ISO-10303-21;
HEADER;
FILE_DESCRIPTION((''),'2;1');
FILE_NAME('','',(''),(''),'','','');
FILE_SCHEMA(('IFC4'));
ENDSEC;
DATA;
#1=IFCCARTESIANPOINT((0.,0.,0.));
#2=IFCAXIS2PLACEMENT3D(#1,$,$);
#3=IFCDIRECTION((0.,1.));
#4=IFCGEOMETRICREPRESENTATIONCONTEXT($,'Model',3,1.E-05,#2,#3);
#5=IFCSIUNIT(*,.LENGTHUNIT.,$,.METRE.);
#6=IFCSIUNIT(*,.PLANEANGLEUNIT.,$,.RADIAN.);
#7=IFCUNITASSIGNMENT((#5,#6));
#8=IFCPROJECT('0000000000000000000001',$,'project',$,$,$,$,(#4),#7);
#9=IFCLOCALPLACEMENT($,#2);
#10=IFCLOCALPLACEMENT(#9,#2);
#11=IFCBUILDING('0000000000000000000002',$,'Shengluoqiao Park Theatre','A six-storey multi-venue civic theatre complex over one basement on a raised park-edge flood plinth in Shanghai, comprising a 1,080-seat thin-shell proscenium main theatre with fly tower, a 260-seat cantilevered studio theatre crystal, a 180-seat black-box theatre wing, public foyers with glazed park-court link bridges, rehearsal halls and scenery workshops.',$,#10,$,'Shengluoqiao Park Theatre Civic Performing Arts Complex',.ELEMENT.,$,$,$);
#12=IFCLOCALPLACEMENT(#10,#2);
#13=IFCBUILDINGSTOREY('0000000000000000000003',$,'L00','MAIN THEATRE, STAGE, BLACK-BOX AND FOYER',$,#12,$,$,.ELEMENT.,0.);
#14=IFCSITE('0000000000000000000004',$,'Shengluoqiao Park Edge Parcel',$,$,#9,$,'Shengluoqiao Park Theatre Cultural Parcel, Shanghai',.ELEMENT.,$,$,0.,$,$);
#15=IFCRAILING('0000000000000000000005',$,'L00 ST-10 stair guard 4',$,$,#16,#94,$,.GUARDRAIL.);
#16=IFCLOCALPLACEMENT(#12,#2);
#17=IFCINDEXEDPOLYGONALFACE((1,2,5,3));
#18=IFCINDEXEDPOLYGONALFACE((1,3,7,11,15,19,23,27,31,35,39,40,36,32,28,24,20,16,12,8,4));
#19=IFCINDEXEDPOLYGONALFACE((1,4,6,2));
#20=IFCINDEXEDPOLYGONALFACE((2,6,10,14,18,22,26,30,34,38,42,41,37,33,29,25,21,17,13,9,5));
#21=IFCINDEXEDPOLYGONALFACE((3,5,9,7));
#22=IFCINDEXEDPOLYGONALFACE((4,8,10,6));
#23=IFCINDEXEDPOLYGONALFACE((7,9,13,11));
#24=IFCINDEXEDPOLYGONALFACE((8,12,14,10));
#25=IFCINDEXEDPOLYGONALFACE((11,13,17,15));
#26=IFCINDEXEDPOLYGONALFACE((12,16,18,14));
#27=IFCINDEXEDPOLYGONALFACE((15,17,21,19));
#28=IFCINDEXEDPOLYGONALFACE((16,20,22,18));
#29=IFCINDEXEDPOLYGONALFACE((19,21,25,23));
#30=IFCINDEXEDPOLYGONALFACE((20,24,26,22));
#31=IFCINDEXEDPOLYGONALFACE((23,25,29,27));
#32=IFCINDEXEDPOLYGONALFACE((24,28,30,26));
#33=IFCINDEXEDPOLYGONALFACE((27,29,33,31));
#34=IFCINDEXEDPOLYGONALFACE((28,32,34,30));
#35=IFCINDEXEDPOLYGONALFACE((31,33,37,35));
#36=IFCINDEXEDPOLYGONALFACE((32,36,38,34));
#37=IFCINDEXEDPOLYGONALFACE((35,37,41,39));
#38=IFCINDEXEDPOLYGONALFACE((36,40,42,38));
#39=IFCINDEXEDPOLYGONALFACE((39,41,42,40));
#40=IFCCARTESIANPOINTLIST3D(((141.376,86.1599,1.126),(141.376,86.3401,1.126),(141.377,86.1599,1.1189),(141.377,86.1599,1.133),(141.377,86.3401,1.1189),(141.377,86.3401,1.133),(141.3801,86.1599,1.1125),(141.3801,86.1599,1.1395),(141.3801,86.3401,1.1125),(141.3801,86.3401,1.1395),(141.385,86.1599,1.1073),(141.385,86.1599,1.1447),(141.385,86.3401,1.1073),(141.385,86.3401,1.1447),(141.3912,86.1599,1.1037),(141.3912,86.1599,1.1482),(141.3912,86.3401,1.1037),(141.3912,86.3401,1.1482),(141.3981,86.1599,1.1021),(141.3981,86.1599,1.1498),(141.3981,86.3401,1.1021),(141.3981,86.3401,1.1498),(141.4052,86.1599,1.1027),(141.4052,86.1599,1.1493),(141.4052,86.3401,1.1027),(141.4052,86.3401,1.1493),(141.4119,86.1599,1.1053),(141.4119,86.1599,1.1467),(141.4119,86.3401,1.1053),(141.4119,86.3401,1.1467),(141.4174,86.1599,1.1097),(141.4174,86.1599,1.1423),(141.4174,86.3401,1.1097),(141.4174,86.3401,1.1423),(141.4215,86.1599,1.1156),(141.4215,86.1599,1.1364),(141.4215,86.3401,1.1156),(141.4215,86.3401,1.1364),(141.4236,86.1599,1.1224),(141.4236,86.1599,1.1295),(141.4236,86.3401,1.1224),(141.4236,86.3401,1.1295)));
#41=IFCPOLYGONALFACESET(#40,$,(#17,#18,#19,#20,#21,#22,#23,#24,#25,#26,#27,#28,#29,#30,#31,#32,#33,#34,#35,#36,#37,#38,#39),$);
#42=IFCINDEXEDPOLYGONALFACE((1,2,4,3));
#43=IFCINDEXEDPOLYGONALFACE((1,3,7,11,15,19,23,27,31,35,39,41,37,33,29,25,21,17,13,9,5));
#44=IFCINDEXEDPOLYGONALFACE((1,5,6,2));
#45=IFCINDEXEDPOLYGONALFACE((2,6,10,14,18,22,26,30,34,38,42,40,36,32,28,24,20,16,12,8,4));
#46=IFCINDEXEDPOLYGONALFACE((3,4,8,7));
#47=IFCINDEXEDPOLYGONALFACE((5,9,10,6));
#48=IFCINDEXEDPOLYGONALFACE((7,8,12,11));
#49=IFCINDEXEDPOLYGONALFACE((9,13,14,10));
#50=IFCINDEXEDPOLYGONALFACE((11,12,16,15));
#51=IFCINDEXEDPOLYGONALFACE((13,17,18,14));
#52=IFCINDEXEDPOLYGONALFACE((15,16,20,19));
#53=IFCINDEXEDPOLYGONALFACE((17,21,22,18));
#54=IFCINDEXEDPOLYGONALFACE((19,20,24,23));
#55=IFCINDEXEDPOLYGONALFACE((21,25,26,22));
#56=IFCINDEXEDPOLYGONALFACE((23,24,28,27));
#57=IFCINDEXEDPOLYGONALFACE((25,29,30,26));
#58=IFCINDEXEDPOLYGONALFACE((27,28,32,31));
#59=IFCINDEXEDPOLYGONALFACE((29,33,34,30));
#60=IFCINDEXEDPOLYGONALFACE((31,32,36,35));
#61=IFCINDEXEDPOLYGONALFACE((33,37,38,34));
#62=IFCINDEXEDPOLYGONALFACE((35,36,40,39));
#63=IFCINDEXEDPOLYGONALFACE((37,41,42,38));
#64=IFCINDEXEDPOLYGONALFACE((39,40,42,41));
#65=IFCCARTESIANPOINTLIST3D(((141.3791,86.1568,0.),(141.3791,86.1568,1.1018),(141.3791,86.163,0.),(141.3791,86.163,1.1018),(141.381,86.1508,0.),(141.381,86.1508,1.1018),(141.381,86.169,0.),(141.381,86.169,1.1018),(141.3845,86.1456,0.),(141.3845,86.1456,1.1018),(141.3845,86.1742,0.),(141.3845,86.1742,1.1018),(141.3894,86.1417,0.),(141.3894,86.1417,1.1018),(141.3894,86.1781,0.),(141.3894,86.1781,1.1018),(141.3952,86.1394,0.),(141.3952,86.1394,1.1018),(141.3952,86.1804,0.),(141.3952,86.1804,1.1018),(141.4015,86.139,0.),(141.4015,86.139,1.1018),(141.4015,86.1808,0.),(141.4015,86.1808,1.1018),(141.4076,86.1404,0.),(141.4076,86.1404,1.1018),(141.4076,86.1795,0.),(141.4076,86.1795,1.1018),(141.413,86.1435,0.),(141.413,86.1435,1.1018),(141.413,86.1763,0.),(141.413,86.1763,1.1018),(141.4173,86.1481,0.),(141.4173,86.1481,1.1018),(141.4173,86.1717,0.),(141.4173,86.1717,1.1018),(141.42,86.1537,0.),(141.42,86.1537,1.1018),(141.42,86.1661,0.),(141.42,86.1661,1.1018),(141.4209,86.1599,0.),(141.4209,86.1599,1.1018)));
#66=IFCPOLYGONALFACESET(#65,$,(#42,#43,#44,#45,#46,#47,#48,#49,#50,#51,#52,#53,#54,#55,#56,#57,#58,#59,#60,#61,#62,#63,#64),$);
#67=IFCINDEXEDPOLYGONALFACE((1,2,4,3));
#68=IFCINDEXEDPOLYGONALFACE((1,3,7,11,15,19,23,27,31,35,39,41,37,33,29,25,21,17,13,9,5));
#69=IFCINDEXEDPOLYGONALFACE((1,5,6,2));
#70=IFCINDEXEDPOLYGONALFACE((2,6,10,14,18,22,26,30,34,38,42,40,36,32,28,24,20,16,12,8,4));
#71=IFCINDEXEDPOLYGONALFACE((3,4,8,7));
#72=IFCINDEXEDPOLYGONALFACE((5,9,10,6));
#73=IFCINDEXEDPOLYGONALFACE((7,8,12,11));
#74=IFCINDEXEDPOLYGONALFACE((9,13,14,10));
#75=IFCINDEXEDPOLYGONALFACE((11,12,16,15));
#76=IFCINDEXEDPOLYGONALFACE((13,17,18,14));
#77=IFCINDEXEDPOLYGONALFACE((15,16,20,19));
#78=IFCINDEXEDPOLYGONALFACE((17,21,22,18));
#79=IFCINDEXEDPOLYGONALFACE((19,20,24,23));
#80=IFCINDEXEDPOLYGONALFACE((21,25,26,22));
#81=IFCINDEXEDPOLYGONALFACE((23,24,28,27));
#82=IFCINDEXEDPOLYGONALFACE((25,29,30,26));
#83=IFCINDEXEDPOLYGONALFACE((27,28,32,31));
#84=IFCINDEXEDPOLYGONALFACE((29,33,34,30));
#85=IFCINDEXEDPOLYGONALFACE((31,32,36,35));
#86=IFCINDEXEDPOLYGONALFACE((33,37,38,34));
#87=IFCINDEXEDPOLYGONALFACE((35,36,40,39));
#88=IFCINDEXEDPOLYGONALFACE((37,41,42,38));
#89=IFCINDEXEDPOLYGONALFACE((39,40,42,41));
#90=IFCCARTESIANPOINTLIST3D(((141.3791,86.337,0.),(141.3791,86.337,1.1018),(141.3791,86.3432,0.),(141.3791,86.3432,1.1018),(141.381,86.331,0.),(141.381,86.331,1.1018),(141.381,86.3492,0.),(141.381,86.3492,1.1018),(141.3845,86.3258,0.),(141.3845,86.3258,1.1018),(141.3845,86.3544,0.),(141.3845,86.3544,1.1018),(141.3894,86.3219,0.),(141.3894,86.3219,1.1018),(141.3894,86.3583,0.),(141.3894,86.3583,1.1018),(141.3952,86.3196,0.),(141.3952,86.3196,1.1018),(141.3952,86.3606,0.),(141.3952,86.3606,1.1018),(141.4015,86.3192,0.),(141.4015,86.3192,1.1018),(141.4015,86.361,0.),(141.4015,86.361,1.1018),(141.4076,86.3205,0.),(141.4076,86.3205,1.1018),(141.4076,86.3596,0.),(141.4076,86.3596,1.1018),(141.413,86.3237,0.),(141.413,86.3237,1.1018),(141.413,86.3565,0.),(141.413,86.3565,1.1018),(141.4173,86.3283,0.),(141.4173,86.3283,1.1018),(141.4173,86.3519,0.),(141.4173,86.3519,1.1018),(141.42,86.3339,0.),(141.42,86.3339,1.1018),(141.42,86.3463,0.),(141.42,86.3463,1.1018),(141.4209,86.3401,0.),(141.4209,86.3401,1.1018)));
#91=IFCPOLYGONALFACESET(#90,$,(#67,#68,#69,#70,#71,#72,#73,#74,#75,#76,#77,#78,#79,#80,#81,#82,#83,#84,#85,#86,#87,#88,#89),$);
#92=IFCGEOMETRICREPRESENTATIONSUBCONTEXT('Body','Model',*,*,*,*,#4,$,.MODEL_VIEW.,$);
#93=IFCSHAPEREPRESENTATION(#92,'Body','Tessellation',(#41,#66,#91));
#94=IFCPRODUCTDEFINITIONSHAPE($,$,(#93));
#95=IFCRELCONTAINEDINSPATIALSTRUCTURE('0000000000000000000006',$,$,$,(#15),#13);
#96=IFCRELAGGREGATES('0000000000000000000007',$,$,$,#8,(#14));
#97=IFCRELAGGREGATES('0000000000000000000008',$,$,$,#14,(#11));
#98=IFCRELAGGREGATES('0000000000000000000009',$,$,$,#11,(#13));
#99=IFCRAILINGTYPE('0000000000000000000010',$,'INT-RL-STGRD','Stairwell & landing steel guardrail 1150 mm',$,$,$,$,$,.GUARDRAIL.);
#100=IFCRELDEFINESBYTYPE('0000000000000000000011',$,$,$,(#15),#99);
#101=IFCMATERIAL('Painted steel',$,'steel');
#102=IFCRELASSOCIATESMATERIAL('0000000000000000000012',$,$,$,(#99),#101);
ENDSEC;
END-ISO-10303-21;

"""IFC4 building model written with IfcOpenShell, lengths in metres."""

from ifc_helpers import new_model, si_unit, direction, frame, origin, origin_2d, place, context, subcontext, project, spatial, circle, extrude, material, type_object, element, save


model = new_model("IFC4")

# Units and contexts
model_context = context("Model", 3, precision=1e-05, world=origin(), true_north=direction((0.0, 1.0)))
body_context = subcontext(model_context, "Body", "Model", "MODEL_VIEW")
ifc_project = project(units=[si_unit("LENGTHUNIT", "METRE"), si_unit("PLANEANGLEUNIT", "RADIAN")], contexts=[model_context])

# Site, building, storey
site_placement = place(None, origin())
site = spatial("IfcSite", under=ifc_project, at=site_placement, Name="Shengluoqiao Park Edge Parcel", LongName="Shengluoqiao Park Theatre Cultural Parcel, Shanghai", CompositionType="ELEMENT", RefElevation=0.0)
building_placement = place(site_placement, origin())
building = spatial("IfcBuilding", under=site, at=building_placement, Name="Shengluoqiao Park Theatre", Description="A six-storey multi-venue civic theatre complex over one basement on a raised park-edge flood plinth in Shanghai, comprising a 1,080-seat thin-shell proscenium main theatre with fly tower, a 260-seat cantilevered studio theatre crystal, a 180-seat black-box theatre wing, public foyers with glazed park-court link bridges, rehearsal halls and scenery workshops.", LongName="Shengluoqiao Park Theatre Civic Performing Arts Complex", CompositionType="ELEMENT")
storey_placement = place(building_placement, origin())
storey = spatial("IfcBuildingStorey", under=building, at=storey_placement, Name="L00", Description="MAIN THEATRE, STAGE, BLACK-BOX AND FOYER", CompositionType="ELEMENT", Elevation=0.0)

# Railing
ifc_material_1 = material(Name="Painted steel", Category="steel")
railing_type_1 = type_object("IfcRailingType", Name="INT-RL-STGRD", Description="Stairwell & landing steel guardrail 1150 mm", PredefinedType="GUARDRAIL", material=ifc_material_1)
railing_1_placement = place(storey_placement, frame((141.3999, 86.1599, 0.0)))
element("IfcRailing", 1, at=railing_1_placement, inside=storey, type_object=railing_type_1, Name="L00 ST-10 stair guard 4", PredefinedType="GUARDRAIL", context=body_context, shape_type="SweptSolid", body=[
    extrude(circle(Radius=0.0239, at=origin_2d()), frame((0.0, 0.0, 1.126), z_axis=(0.0, 1.0, 0.0), x_axis=(-1.0, 0.0, 0.0)), (0.0, 0.0, 1.0), 0.1802),
    extrude(circle(Radius=0.021, at=origin_2d()), origin(), (0.0, 0.0, 1.0), 1.1018),
    extrude(circle(Radius=0.021, at=origin_2d()), frame((0.0, 0.1802, 0.0)), (0.0, 0.0, 1.0), 1.1018),
])

save(model, "model.ifc")
